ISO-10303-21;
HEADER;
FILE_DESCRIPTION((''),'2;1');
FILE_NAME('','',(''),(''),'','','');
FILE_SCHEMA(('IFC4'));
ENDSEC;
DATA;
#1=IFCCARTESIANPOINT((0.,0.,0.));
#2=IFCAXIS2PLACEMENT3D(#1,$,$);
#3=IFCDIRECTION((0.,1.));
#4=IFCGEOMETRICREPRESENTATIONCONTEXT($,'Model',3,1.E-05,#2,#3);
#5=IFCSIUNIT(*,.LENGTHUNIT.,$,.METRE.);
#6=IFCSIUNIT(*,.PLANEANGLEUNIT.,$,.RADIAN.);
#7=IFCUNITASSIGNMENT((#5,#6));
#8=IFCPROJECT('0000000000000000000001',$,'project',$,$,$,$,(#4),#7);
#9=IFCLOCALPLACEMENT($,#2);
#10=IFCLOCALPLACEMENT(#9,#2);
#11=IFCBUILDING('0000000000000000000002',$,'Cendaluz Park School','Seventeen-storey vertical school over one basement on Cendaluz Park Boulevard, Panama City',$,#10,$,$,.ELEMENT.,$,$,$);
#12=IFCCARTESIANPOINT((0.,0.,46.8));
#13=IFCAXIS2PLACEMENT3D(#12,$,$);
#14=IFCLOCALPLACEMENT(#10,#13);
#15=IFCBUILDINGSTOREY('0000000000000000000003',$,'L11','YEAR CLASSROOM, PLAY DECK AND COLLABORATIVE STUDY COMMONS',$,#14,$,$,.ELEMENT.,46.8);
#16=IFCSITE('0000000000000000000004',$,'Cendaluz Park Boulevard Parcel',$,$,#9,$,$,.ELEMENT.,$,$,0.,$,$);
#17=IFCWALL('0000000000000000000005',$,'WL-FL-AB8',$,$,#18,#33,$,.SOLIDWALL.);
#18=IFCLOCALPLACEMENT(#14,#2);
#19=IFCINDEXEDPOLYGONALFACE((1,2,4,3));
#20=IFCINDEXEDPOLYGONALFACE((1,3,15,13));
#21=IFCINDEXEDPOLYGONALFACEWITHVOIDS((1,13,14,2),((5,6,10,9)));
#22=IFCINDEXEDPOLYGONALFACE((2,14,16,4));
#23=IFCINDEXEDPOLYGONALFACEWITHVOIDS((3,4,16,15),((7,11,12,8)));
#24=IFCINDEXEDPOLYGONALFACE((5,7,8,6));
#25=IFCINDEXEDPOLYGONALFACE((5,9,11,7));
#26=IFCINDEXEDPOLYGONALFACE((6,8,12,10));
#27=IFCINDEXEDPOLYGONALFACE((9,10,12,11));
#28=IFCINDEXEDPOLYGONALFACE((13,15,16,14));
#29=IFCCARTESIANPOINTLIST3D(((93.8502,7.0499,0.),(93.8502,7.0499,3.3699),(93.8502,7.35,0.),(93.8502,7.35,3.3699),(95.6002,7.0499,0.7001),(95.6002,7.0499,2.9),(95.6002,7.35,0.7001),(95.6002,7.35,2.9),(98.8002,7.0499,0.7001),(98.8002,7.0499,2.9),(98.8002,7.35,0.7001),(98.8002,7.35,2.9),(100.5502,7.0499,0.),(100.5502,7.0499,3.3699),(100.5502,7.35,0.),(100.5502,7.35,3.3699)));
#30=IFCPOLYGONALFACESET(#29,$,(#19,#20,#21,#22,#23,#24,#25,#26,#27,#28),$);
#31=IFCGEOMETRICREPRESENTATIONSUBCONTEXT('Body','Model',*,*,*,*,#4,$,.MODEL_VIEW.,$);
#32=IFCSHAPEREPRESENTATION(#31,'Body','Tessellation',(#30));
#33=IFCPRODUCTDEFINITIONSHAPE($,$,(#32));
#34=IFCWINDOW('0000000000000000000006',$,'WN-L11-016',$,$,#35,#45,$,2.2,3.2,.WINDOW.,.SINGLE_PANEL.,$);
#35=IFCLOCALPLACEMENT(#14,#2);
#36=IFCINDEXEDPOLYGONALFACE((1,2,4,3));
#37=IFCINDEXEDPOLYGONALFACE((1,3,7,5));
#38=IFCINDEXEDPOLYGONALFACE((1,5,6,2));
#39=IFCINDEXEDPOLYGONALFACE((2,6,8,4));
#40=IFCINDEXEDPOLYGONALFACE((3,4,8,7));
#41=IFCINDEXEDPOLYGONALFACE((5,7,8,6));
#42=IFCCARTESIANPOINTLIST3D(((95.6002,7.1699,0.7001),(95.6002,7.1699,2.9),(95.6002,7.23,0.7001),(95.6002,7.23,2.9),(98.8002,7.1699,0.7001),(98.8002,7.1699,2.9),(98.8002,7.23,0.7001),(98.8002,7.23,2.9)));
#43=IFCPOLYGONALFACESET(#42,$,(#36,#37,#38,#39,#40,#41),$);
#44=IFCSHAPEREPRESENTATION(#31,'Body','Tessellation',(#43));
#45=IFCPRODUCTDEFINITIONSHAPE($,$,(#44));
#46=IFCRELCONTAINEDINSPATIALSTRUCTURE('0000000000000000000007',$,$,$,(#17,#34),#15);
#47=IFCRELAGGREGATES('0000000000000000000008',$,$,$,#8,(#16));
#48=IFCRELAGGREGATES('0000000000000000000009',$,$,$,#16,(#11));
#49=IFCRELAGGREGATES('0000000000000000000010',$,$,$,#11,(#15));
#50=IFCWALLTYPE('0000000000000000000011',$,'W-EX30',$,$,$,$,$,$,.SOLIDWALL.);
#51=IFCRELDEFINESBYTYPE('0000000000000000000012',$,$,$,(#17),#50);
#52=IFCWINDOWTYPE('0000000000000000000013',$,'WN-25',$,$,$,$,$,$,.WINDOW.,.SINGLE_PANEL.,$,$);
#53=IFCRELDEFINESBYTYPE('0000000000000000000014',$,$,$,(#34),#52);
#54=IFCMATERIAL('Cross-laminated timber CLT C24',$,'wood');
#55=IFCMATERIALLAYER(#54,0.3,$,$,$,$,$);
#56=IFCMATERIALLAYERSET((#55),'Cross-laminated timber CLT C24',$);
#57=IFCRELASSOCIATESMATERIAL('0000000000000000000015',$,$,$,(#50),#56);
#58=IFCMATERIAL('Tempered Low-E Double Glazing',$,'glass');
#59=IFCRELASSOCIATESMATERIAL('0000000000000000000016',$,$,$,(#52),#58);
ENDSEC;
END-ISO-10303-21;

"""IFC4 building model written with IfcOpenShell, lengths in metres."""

from ifc_helpers import new_model, si_unit, direction, frame, frame_2d, origin, place, context, subcontext, project, spatial, rectangle, extrude, material, layer, layer_set, type_object, element, fill, save


model = new_model("IFC4")

# Units and contexts
model_context = context("Model", 3, precision=1e-05, world=origin(), true_north=direction((0.0, 1.0)))
body_context = subcontext(model_context, "Body", "Model", "MODEL_VIEW")
ifc_project = project(units=[si_unit("LENGTHUNIT", "METRE"), si_unit("PLANEANGLEUNIT", "RADIAN")], contexts=[model_context])

# Site, building, storey
site_placement = place(None, origin())
site = spatial("IfcSite", under=ifc_project, at=site_placement, Name="Cendaluz Park Boulevard Parcel", CompositionType="ELEMENT", RefElevation=0.0)
building_placement = place(site_placement, origin())
building = spatial("IfcBuilding", under=site, at=building_placement, Name="Cendaluz Park School", Description="Seventeen-storey vertical school over one basement on Cendaluz Park Boulevard, Panama City", CompositionType="ELEMENT")
storey_placement = place(building_placement, frame((0.0, 0.0, 46.8)))
storey = spatial("IfcBuildingStorey", under=building, at=storey_placement, Name="L11", Description="YEAR CLASSROOM, PLAY DECK AND COLLABORATIVE STUDY COMMONS", CompositionType="ELEMENT", Elevation=46.8)

# Wall, opening, window
ifc_material_1 = material(Name="Cross-laminated timber CLT C24", Category="wood")
ifc_layer_1 = layer(ifc_material_1, 0.3)
ifc_layer_set_1 = layer_set([ifc_layer_1], Name="Cross-laminated timber CLT C24")
wall_type_1 = type_object("IfcWallType", Name="W-EX30", PredefinedType="SOLIDWALL", material=ifc_layer_set_1)
ifc_material_2 = material(Name="Tempered Low-E Double Glazing", Category="glass")
wall_1_placement = place(storey_placement, frame((93.8501, 7.2, 0.0), z_axis=(0.0, 0.0, 1.0), x_axis=(1.0, 0.0, 0.0)))
wall_1 = element("IfcWall", 1, at=wall_1_placement, inside=storey, type_object=wall_type_1, Name="WL-FL-AB8", PredefinedType="SOLIDWALL", context=body_context, shape_type="SweptSolid", body=[
    extrude(rectangle(XDim=6.7, YDim=0.3, at=frame_2d((3.3501, 0.0))), origin(), (0.0, 0.0, 1.0), 3.3699),
])
opening_1_placement = place(wall_1_placement, frame((1.75, 0.0, 0.7)))
opening_1 = element("IfcOpeningElement", 2, at=opening_1_placement, cuts=wall_1, PredefinedType="OPENING", context=body_context, shape_type="SweptSolid", body=[
    extrude(rectangle(XDim=3.2, YDim=2.2, at=frame_2d((1.6001, 1.1001))), frame((0.0, 0.1621, 0.0), z_axis=(0.0, -1.0, 0.0), x_axis=(1.0, 0.0, 0.0)), (0.0, 0.0, 1.0), 0.324),
])
window_type_1 = type_object("IfcWindowType", Name="WN-25", PartitioningType="SINGLE_PANEL", PredefinedType="WINDOW", material=ifc_material_2)
window_1_placement = place(opening_1_placement, origin())
window_1 = element("IfcWindow", 3, at=window_1_placement, inside=storey, type_object=window_type_1, Name="WN-L11-016", OverallHeight=2.2, OverallWidth=3.2, PartitioningType="SINGLE_PANEL", PredefinedType="WINDOW", context=body_context, shape_type="SweptSolid", body=[
    extrude(rectangle(XDim=3.2, YDim=2.2, at=frame_2d((1.6001, 1.1001))), frame((0.0, 0.03, 0.0), z_axis=(0.0, -1.0, 0.0), x_axis=(1.0, 0.0, 0.0)), (0.0, 0.0, 1.0), 0.0601),
])
fill(opening_1, window_1)

save(model, "model.ifc")
